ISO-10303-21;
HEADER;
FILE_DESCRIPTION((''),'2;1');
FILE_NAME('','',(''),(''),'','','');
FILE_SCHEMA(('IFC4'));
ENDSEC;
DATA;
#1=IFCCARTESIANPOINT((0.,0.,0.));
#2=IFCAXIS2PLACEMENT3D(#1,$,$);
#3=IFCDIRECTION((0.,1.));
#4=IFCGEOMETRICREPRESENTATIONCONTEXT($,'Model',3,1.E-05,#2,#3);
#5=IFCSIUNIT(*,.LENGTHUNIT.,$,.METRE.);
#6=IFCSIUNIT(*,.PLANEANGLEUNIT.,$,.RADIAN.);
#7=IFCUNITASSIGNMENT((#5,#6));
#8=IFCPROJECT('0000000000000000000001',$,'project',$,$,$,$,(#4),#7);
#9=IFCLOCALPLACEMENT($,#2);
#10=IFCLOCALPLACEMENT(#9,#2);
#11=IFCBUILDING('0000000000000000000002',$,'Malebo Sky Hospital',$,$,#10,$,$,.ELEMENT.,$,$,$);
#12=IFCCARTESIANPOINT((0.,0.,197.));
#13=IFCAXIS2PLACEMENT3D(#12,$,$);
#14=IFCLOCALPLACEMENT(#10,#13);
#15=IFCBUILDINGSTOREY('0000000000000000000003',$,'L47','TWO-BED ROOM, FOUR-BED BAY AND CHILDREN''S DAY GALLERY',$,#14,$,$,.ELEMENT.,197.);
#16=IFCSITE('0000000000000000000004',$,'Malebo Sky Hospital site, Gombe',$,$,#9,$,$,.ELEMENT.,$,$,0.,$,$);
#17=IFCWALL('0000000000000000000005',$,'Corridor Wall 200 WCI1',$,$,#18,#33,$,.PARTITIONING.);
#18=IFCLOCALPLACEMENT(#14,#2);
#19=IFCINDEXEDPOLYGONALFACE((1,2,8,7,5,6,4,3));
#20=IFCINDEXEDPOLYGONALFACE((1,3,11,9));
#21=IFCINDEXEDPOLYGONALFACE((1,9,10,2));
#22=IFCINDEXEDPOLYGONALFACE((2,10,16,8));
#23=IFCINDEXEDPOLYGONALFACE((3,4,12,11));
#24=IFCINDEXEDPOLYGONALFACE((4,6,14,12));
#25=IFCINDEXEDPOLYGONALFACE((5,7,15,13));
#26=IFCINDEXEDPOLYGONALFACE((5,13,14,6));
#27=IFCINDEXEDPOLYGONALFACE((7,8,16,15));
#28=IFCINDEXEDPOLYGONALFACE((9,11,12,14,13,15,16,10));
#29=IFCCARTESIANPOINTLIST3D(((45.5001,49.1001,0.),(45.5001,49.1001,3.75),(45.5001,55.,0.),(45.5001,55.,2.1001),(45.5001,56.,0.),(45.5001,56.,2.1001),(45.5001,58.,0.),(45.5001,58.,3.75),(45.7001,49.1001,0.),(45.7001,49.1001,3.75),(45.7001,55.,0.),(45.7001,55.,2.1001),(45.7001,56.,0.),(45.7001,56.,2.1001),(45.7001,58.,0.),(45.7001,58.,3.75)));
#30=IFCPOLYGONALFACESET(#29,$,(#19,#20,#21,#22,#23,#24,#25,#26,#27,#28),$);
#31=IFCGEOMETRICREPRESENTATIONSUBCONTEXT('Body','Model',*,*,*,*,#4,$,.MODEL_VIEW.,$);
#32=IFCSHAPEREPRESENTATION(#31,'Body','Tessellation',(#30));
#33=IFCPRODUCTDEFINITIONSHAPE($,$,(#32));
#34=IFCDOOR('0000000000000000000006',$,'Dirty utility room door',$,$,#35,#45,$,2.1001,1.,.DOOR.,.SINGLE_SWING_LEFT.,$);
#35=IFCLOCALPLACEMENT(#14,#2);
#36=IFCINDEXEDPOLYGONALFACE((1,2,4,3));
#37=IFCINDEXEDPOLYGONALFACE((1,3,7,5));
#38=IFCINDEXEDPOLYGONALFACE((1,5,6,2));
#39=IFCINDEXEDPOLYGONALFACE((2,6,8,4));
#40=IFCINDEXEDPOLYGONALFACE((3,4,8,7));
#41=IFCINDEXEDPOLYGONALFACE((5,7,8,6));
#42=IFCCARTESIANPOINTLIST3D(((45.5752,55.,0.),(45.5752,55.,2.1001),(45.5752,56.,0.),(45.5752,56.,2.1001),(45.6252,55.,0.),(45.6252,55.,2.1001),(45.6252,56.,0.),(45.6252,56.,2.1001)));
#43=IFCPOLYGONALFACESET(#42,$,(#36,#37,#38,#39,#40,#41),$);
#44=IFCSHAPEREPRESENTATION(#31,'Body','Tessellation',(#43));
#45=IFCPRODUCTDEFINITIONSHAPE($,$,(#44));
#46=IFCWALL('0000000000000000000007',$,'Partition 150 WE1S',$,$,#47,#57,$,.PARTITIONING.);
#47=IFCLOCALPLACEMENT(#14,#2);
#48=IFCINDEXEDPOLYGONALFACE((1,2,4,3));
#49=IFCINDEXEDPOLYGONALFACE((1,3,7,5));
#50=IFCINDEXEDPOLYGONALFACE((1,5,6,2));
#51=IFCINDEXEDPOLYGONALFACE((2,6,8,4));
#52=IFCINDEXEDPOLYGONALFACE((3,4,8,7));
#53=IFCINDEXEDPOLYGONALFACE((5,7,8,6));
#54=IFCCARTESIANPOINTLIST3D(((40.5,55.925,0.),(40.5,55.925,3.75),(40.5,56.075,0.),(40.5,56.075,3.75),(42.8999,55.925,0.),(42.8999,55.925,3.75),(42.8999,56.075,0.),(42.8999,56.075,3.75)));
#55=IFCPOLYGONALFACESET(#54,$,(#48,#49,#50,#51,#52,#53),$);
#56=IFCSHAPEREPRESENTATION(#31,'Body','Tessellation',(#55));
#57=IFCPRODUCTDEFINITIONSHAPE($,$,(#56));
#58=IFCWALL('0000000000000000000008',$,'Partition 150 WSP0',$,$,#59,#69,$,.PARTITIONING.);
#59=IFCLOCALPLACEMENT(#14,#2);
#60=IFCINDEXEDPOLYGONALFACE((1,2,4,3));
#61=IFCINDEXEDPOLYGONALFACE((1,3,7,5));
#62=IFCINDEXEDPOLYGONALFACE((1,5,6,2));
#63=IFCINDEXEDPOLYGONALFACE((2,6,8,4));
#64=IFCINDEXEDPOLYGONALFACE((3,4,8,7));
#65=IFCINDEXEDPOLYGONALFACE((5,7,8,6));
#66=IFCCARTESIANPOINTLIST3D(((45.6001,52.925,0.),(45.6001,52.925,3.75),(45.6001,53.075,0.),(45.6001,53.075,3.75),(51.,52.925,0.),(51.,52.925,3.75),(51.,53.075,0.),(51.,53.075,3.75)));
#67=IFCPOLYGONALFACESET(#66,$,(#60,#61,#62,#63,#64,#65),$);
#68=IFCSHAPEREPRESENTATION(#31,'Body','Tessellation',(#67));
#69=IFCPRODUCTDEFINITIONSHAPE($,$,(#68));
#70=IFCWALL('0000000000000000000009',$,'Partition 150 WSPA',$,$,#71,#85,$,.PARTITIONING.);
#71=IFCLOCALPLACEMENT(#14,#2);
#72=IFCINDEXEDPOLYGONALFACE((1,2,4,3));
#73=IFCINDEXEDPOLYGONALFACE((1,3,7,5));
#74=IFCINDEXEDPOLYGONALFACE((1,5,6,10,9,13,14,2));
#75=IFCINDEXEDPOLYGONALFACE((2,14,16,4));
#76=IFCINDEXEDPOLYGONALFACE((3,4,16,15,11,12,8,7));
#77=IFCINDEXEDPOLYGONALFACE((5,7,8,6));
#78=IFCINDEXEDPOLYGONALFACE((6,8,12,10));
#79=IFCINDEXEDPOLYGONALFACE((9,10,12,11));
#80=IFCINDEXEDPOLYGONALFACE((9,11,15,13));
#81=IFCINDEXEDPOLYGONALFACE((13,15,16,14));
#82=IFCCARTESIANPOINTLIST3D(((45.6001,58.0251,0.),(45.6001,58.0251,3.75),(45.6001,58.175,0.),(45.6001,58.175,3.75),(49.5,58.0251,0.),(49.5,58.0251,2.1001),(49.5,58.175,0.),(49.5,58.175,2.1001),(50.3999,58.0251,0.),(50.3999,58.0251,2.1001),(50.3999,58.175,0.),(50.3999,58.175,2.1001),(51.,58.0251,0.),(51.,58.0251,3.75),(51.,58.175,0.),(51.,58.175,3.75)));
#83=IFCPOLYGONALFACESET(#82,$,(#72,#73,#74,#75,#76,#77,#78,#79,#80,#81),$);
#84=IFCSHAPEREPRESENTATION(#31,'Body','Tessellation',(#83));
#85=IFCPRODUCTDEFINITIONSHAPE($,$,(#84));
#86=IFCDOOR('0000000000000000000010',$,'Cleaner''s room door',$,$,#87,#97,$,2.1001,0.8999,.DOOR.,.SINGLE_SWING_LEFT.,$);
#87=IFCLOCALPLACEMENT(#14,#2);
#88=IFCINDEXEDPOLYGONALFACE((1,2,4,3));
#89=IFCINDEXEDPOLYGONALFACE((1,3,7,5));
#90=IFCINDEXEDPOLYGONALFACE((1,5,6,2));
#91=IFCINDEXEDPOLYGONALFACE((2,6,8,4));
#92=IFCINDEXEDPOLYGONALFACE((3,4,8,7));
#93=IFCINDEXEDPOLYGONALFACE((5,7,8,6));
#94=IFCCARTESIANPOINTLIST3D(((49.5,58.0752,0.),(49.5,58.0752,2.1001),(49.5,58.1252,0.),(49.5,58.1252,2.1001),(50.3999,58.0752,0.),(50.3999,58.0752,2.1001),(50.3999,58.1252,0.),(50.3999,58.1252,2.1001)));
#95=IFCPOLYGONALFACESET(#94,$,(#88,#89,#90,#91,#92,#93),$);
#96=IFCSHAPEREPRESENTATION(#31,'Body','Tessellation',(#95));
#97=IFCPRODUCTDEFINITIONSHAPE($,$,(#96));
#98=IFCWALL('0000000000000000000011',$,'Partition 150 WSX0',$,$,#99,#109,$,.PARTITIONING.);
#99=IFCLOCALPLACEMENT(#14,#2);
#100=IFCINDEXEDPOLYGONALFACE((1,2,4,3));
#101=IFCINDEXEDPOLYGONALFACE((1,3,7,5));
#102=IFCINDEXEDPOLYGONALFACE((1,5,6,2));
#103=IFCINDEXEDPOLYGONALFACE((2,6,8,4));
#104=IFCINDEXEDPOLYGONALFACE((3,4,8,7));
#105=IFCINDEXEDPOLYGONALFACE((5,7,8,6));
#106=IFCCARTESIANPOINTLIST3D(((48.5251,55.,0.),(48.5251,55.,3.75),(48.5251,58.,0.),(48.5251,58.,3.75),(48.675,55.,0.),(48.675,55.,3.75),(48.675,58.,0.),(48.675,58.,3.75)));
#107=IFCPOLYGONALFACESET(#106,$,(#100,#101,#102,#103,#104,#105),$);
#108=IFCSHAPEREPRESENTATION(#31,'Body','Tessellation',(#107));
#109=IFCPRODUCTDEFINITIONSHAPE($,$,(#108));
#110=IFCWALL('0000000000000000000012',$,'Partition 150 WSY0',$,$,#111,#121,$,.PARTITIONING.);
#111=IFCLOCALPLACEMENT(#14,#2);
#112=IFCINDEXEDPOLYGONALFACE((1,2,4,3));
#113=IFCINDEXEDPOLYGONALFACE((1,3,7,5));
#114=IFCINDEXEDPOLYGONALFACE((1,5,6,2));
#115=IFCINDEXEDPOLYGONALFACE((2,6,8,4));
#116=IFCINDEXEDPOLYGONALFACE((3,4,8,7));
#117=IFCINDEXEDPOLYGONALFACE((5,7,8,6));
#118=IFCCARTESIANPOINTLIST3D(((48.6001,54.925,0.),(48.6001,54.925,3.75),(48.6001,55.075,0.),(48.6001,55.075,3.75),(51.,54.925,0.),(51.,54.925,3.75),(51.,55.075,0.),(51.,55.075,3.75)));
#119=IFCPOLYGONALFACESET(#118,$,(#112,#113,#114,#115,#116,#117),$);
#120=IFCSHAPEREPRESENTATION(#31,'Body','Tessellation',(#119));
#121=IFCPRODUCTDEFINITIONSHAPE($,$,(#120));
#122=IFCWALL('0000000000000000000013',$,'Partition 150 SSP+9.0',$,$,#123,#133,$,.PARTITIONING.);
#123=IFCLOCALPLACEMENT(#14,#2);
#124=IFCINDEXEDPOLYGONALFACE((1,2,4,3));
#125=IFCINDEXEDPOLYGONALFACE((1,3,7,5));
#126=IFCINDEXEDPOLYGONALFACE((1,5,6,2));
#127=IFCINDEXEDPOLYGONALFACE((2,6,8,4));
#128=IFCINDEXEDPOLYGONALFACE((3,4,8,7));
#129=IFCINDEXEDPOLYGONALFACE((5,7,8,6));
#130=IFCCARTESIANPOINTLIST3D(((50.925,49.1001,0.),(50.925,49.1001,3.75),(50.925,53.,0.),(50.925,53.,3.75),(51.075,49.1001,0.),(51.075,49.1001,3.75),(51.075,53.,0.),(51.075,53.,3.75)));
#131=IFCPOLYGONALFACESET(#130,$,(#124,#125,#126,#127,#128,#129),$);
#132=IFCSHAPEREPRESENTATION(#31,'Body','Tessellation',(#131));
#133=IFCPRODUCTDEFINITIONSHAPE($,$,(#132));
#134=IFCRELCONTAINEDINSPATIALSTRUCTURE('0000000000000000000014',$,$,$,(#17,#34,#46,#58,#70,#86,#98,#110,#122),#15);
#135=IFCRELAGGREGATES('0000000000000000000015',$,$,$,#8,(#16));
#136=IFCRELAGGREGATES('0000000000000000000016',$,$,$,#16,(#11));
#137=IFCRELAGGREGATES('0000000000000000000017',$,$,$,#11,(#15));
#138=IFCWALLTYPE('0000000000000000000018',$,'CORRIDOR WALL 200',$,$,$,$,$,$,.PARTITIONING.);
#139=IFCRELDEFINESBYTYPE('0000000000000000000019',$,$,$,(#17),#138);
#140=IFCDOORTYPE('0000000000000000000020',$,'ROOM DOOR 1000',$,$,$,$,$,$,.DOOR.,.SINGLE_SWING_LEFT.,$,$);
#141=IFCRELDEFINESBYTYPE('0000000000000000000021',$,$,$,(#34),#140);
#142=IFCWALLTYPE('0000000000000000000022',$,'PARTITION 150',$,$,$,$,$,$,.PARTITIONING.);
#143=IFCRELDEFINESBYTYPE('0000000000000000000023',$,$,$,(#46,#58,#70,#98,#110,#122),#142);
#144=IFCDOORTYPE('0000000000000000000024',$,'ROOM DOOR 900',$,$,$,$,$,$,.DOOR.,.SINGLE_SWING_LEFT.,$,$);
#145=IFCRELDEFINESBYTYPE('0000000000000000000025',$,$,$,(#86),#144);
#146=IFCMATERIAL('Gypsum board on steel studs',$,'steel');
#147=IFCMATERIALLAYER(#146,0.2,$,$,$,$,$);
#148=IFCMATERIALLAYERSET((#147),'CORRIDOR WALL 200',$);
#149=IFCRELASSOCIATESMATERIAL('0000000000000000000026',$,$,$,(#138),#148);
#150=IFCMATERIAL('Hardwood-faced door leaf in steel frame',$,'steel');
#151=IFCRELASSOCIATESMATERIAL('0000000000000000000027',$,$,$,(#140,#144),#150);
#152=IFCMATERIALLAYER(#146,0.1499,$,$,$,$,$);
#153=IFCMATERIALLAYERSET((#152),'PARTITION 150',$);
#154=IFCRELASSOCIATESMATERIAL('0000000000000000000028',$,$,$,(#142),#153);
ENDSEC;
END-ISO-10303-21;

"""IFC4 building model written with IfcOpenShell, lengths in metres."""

from ifc_helpers import new_model, si_unit, direction, frame, frame_2d, origin, place, context, subcontext, project, spatial, rectangle, extrude, material, layer, layer_set, type_object, element, fill, save


model = new_model("IFC4")

# Units and contexts
model_context = context("Model", 3, precision=1e-05, world=origin(), true_north=direction((0.0, 1.0)))
body_context = subcontext(model_context, "Body", "Model", "MODEL_VIEW")
ifc_project = project(units=[si_unit("LENGTHUNIT", "METRE"), si_unit("PLANEANGLEUNIT", "RADIAN")], contexts=[model_context])

# Site, building, storey
site_placement = place(None, origin())
site = spatial("IfcSite", under=ifc_project, at=site_placement, Name="Malebo Sky Hospital site, Gombe", CompositionType="ELEMENT", RefElevation=0.0)
building_placement = place(site_placement, origin())
building = spatial("IfcBuilding", under=site, at=building_placement, Name="Malebo Sky Hospital", CompositionType="ELEMENT")
storey_placement = place(building_placement, frame((0.0, 0.0, 197.0)))
storey = spatial("IfcBuildingStorey", under=building, at=storey_placement, Name="L47", Description="TWO-BED ROOM, FOUR-BED BAY AND CHILDREN'S DAY GALLERY", CompositionType="ELEMENT", Elevation=197.0)

# Wall, opening, door
ifc_material_1 = material(Name="Hardwood-faced door leaf in steel frame", Category="steel")
ifc_material_2 = material(Name="Gypsum board on steel studs", Category="steel")
ifc_layer_1 = layer(ifc_material_2, 0.2)
ifc_layer_set_1 = layer_set([ifc_layer_1], Name="CORRIDOR WALL 200")
wall_type_1 = type_object("IfcWallType", Name="CORRIDOR WALL 200", PredefinedType="PARTITIONING", material=ifc_layer_set_1)
wall_1_placement = place(storey_placement, frame((45.6001, 49.1001, 0.0), z_axis=(0.0, 0.0, 1.0), x_axis=(0.0, 1.0, 0.0)))
wall_1 = element("IfcWall", 1, at=wall_1_placement, inside=storey, type_object=wall_type_1, Name="Corridor Wall 200 WCI1", PredefinedType="PARTITIONING", context=body_context, shape_type="SweptSolid", body=[
    extrude(rectangle(XDim=8.8999, YDim=0.2, at=frame_2d((4.45, 0.0))), origin(), (0.0, 0.0, 1.0), 3.75),
])
opening_1_placement = place(wall_1_placement, frame((5.8999, 0.0, 0.0)))
opening_1 = element("IfcOpeningElement", 2, at=opening_1_placement, cuts=wall_1, PredefinedType="OPENING", context=body_context, shape_type="SweptSolid", body=[
    extrude(rectangle(XDim=1.0, YDim=2.1001, at=frame_2d((0.5, 1.05))), frame((0.0, 0.1099, 0.0), z_axis=(0.0, -1.0, 0.0), x_axis=(1.0, 0.0, 0.0)), (0.0, 0.0, 1.0), 0.22),
])
door_type_1 = type_object("IfcDoorType", Name="ROOM DOOR 1000", OperationType="SINGLE_SWING_LEFT", PredefinedType="DOOR", material=ifc_material_1)
door_1_placement = place(opening_1_placement, origin())
door_1 = element("IfcDoor", 3, at=door_1_placement, inside=storey, type_object=door_type_1, Name="Dirty utility room door", OperationType="SINGLE_SWING_LEFT", OverallHeight=2.1001, OverallWidth=1.0, PredefinedType="DOOR", context=body_context, shape_type="SweptSolid", body=[
    extrude(rectangle(XDim=1.0, YDim=2.1001, at=frame_2d((0.5, 1.05))), frame((0.0, 0.0249, 0.0), z_axis=(0.0, -1.0, 0.0), x_axis=(1.0, 0.0, 0.0)), (0.0, 0.0, 1.0), 0.05),
])
fill(opening_1, door_1)

# Walls
ifc_layer_2 = layer(ifc_material_2, 0.1499)
ifc_layer_set_2 = layer_set([ifc_layer_2], Name="PARTITION 150")
wall_type_2 = type_object("IfcWallType", Name="PARTITION 150", PredefinedType="PARTITIONING", material=ifc_layer_set_2)
wall_2_placement = place(storey_placement, frame((42.8999, 56.0, 0.0), z_axis=(0.0, 0.0, 1.0), x_axis=(-1.0, 0.0, 0.0)))
element("IfcWall", 4, at=wall_2_placement, inside=storey, type_object=wall_type_2, Name="Partition 150 WE1S", PredefinedType="PARTITIONING", context=body_context, shape_type="SweptSolid", body=[
    extrude(rectangle(XDim=2.3999, YDim=0.1499, at=frame_2d((1.2, 0.0))), origin(), (0.0, 0.0, 1.0), 3.75),
])
wall_3_placement = place(storey_placement, frame((51.0, 53.0, 0.0), z_axis=(0.0, 0.0, 1.0), x_axis=(-1.0, 0.0, 0.0)))
element("IfcWall", 5, at=wall_3_placement, inside=storey, type_object=wall_type_2, Name="Partition 150 WSP0", PredefinedType="PARTITIONING", context=body_context, shape_type="SweptSolid", body=[
    extrude(rectangle(XDim=5.3999, YDim=0.1499, at=frame_2d((2.7, 0.0))), origin(), (0.0, 0.0, 1.0), 3.75),
])

# Wall, opening, door
wall_4_placement = place(storey_placement, frame((51.0, 58.1001, 0.0), z_axis=(0.0, 0.0, 1.0), x_axis=(-1.0, 0.0, 0.0)))
wall_4 = element("IfcWall", 6, at=wall_4_placement, inside=storey, type_object=wall_type_2, Name="Partition 150 WSPA", PredefinedType="PARTITIONING", context=body_context, shape_type="SweptSolid", body=[
    extrude(rectangle(XDim=5.3999, YDim=0.1499, at=frame_2d((2.7, 0.0))), origin(), (0.0, 0.0, 1.0), 3.75),
])
opening_2_placement = place(wall_4_placement, frame((0.6001, 0.0, 0.0)))
opening_2 = element("IfcOpeningElement", 7, at=opening_2_placement, cuts=wall_4, PredefinedType="OPENING", context=body_context, shape_type="SweptSolid", body=[
    extrude(rectangle(XDim=0.8999, YDim=2.1001, at=frame_2d((0.45, 1.05))), frame((0.0, 0.085, 0.0), z_axis=(0.0, -1.0, 0.0), x_axis=(1.0, 0.0, 0.0)), (0.0, 0.0, 1.0), 0.1699),
])
door_type_2 = type_object("IfcDoorType", Name="ROOM DOOR 900", OperationType="SINGLE_SWING_LEFT", PredefinedType="DOOR", material=ifc_material_1)
door_2_placement = place(opening_2_placement, origin())
door_2 = element("IfcDoor", 8, at=door_2_placement, inside=storey, type_object=door_type_2, Name="Cleaner's room door", OperationType="SINGLE_SWING_LEFT", OverallHeight=2.1001, OverallWidth=0.8999, PredefinedType="DOOR", context=body_context, shape_type="SweptSolid", body=[
    extrude(rectangle(XDim=0.8999, YDim=2.1001, at=frame_2d((0.45, 1.05))), frame((0.0, 0.0249, 0.0), z_axis=(0.0, -1.0, 0.0), x_axis=(1.0, 0.0, 0.0)), (0.0, 0.0, 1.0), 0.05),
])
fill(opening_2, door_2)

# Walls
wall_5_placement = place(storey_placement, frame((48.6001, 55.0, 0.0), z_axis=(0.0, 0.0, 1.0), x_axis=(0.0, 1.0, 0.0)))
element("IfcWall", 9, at=wall_5_placement, inside=storey, type_object=wall_type_2, Name="Partition 150 WSX0", PredefinedType="PARTITIONING", context=body_context, shape_type="SweptSolid", body=[
    extrude(rectangle(XDim=3.0, YDim=0.1499, at=frame_2d((1.5, 0.0))), origin(), (0.0, 0.0, 1.0), 3.75),
])
wall_6_placement = place(storey_placement, frame((51.0, 55.0, 0.0), z_axis=(0.0, 0.0, 1.0), x_axis=(-1.0, 0.0, 0.0)))
element("IfcWall", 10, at=wall_6_placement, inside=storey, type_object=wall_type_2, Name="Partition 150 WSY0", PredefinedType="PARTITIONING", context=body_context, shape_type="SweptSolid", body=[
    extrude(rectangle(XDim=2.3999, YDim=0.1499, at=frame_2d((1.2, 0.0))), origin(), (0.0, 0.0, 1.0), 3.75),
])
wall_7_placement = place(storey_placement, frame((51.0, 53.0, 0.0), z_axis=(0.0, 0.0, 1.0), x_axis=(0.0, -1.0, 0.0)))
element("IfcWall", 11, at=wall_7_placement, inside=storey, type_object=wall_type_2, Name="Partition 150 SSP+9.0", PredefinedType="PARTITIONING", context=body_context, shape_type="SweptSolid", body=[
    extrude(rectangle(XDim=3.8999, YDim=0.1499, at=frame_2d((1.95, 0.0))), origin(), (0.0, 0.0, 1.0), 3.75),
])

save(model, "model.ifc")
